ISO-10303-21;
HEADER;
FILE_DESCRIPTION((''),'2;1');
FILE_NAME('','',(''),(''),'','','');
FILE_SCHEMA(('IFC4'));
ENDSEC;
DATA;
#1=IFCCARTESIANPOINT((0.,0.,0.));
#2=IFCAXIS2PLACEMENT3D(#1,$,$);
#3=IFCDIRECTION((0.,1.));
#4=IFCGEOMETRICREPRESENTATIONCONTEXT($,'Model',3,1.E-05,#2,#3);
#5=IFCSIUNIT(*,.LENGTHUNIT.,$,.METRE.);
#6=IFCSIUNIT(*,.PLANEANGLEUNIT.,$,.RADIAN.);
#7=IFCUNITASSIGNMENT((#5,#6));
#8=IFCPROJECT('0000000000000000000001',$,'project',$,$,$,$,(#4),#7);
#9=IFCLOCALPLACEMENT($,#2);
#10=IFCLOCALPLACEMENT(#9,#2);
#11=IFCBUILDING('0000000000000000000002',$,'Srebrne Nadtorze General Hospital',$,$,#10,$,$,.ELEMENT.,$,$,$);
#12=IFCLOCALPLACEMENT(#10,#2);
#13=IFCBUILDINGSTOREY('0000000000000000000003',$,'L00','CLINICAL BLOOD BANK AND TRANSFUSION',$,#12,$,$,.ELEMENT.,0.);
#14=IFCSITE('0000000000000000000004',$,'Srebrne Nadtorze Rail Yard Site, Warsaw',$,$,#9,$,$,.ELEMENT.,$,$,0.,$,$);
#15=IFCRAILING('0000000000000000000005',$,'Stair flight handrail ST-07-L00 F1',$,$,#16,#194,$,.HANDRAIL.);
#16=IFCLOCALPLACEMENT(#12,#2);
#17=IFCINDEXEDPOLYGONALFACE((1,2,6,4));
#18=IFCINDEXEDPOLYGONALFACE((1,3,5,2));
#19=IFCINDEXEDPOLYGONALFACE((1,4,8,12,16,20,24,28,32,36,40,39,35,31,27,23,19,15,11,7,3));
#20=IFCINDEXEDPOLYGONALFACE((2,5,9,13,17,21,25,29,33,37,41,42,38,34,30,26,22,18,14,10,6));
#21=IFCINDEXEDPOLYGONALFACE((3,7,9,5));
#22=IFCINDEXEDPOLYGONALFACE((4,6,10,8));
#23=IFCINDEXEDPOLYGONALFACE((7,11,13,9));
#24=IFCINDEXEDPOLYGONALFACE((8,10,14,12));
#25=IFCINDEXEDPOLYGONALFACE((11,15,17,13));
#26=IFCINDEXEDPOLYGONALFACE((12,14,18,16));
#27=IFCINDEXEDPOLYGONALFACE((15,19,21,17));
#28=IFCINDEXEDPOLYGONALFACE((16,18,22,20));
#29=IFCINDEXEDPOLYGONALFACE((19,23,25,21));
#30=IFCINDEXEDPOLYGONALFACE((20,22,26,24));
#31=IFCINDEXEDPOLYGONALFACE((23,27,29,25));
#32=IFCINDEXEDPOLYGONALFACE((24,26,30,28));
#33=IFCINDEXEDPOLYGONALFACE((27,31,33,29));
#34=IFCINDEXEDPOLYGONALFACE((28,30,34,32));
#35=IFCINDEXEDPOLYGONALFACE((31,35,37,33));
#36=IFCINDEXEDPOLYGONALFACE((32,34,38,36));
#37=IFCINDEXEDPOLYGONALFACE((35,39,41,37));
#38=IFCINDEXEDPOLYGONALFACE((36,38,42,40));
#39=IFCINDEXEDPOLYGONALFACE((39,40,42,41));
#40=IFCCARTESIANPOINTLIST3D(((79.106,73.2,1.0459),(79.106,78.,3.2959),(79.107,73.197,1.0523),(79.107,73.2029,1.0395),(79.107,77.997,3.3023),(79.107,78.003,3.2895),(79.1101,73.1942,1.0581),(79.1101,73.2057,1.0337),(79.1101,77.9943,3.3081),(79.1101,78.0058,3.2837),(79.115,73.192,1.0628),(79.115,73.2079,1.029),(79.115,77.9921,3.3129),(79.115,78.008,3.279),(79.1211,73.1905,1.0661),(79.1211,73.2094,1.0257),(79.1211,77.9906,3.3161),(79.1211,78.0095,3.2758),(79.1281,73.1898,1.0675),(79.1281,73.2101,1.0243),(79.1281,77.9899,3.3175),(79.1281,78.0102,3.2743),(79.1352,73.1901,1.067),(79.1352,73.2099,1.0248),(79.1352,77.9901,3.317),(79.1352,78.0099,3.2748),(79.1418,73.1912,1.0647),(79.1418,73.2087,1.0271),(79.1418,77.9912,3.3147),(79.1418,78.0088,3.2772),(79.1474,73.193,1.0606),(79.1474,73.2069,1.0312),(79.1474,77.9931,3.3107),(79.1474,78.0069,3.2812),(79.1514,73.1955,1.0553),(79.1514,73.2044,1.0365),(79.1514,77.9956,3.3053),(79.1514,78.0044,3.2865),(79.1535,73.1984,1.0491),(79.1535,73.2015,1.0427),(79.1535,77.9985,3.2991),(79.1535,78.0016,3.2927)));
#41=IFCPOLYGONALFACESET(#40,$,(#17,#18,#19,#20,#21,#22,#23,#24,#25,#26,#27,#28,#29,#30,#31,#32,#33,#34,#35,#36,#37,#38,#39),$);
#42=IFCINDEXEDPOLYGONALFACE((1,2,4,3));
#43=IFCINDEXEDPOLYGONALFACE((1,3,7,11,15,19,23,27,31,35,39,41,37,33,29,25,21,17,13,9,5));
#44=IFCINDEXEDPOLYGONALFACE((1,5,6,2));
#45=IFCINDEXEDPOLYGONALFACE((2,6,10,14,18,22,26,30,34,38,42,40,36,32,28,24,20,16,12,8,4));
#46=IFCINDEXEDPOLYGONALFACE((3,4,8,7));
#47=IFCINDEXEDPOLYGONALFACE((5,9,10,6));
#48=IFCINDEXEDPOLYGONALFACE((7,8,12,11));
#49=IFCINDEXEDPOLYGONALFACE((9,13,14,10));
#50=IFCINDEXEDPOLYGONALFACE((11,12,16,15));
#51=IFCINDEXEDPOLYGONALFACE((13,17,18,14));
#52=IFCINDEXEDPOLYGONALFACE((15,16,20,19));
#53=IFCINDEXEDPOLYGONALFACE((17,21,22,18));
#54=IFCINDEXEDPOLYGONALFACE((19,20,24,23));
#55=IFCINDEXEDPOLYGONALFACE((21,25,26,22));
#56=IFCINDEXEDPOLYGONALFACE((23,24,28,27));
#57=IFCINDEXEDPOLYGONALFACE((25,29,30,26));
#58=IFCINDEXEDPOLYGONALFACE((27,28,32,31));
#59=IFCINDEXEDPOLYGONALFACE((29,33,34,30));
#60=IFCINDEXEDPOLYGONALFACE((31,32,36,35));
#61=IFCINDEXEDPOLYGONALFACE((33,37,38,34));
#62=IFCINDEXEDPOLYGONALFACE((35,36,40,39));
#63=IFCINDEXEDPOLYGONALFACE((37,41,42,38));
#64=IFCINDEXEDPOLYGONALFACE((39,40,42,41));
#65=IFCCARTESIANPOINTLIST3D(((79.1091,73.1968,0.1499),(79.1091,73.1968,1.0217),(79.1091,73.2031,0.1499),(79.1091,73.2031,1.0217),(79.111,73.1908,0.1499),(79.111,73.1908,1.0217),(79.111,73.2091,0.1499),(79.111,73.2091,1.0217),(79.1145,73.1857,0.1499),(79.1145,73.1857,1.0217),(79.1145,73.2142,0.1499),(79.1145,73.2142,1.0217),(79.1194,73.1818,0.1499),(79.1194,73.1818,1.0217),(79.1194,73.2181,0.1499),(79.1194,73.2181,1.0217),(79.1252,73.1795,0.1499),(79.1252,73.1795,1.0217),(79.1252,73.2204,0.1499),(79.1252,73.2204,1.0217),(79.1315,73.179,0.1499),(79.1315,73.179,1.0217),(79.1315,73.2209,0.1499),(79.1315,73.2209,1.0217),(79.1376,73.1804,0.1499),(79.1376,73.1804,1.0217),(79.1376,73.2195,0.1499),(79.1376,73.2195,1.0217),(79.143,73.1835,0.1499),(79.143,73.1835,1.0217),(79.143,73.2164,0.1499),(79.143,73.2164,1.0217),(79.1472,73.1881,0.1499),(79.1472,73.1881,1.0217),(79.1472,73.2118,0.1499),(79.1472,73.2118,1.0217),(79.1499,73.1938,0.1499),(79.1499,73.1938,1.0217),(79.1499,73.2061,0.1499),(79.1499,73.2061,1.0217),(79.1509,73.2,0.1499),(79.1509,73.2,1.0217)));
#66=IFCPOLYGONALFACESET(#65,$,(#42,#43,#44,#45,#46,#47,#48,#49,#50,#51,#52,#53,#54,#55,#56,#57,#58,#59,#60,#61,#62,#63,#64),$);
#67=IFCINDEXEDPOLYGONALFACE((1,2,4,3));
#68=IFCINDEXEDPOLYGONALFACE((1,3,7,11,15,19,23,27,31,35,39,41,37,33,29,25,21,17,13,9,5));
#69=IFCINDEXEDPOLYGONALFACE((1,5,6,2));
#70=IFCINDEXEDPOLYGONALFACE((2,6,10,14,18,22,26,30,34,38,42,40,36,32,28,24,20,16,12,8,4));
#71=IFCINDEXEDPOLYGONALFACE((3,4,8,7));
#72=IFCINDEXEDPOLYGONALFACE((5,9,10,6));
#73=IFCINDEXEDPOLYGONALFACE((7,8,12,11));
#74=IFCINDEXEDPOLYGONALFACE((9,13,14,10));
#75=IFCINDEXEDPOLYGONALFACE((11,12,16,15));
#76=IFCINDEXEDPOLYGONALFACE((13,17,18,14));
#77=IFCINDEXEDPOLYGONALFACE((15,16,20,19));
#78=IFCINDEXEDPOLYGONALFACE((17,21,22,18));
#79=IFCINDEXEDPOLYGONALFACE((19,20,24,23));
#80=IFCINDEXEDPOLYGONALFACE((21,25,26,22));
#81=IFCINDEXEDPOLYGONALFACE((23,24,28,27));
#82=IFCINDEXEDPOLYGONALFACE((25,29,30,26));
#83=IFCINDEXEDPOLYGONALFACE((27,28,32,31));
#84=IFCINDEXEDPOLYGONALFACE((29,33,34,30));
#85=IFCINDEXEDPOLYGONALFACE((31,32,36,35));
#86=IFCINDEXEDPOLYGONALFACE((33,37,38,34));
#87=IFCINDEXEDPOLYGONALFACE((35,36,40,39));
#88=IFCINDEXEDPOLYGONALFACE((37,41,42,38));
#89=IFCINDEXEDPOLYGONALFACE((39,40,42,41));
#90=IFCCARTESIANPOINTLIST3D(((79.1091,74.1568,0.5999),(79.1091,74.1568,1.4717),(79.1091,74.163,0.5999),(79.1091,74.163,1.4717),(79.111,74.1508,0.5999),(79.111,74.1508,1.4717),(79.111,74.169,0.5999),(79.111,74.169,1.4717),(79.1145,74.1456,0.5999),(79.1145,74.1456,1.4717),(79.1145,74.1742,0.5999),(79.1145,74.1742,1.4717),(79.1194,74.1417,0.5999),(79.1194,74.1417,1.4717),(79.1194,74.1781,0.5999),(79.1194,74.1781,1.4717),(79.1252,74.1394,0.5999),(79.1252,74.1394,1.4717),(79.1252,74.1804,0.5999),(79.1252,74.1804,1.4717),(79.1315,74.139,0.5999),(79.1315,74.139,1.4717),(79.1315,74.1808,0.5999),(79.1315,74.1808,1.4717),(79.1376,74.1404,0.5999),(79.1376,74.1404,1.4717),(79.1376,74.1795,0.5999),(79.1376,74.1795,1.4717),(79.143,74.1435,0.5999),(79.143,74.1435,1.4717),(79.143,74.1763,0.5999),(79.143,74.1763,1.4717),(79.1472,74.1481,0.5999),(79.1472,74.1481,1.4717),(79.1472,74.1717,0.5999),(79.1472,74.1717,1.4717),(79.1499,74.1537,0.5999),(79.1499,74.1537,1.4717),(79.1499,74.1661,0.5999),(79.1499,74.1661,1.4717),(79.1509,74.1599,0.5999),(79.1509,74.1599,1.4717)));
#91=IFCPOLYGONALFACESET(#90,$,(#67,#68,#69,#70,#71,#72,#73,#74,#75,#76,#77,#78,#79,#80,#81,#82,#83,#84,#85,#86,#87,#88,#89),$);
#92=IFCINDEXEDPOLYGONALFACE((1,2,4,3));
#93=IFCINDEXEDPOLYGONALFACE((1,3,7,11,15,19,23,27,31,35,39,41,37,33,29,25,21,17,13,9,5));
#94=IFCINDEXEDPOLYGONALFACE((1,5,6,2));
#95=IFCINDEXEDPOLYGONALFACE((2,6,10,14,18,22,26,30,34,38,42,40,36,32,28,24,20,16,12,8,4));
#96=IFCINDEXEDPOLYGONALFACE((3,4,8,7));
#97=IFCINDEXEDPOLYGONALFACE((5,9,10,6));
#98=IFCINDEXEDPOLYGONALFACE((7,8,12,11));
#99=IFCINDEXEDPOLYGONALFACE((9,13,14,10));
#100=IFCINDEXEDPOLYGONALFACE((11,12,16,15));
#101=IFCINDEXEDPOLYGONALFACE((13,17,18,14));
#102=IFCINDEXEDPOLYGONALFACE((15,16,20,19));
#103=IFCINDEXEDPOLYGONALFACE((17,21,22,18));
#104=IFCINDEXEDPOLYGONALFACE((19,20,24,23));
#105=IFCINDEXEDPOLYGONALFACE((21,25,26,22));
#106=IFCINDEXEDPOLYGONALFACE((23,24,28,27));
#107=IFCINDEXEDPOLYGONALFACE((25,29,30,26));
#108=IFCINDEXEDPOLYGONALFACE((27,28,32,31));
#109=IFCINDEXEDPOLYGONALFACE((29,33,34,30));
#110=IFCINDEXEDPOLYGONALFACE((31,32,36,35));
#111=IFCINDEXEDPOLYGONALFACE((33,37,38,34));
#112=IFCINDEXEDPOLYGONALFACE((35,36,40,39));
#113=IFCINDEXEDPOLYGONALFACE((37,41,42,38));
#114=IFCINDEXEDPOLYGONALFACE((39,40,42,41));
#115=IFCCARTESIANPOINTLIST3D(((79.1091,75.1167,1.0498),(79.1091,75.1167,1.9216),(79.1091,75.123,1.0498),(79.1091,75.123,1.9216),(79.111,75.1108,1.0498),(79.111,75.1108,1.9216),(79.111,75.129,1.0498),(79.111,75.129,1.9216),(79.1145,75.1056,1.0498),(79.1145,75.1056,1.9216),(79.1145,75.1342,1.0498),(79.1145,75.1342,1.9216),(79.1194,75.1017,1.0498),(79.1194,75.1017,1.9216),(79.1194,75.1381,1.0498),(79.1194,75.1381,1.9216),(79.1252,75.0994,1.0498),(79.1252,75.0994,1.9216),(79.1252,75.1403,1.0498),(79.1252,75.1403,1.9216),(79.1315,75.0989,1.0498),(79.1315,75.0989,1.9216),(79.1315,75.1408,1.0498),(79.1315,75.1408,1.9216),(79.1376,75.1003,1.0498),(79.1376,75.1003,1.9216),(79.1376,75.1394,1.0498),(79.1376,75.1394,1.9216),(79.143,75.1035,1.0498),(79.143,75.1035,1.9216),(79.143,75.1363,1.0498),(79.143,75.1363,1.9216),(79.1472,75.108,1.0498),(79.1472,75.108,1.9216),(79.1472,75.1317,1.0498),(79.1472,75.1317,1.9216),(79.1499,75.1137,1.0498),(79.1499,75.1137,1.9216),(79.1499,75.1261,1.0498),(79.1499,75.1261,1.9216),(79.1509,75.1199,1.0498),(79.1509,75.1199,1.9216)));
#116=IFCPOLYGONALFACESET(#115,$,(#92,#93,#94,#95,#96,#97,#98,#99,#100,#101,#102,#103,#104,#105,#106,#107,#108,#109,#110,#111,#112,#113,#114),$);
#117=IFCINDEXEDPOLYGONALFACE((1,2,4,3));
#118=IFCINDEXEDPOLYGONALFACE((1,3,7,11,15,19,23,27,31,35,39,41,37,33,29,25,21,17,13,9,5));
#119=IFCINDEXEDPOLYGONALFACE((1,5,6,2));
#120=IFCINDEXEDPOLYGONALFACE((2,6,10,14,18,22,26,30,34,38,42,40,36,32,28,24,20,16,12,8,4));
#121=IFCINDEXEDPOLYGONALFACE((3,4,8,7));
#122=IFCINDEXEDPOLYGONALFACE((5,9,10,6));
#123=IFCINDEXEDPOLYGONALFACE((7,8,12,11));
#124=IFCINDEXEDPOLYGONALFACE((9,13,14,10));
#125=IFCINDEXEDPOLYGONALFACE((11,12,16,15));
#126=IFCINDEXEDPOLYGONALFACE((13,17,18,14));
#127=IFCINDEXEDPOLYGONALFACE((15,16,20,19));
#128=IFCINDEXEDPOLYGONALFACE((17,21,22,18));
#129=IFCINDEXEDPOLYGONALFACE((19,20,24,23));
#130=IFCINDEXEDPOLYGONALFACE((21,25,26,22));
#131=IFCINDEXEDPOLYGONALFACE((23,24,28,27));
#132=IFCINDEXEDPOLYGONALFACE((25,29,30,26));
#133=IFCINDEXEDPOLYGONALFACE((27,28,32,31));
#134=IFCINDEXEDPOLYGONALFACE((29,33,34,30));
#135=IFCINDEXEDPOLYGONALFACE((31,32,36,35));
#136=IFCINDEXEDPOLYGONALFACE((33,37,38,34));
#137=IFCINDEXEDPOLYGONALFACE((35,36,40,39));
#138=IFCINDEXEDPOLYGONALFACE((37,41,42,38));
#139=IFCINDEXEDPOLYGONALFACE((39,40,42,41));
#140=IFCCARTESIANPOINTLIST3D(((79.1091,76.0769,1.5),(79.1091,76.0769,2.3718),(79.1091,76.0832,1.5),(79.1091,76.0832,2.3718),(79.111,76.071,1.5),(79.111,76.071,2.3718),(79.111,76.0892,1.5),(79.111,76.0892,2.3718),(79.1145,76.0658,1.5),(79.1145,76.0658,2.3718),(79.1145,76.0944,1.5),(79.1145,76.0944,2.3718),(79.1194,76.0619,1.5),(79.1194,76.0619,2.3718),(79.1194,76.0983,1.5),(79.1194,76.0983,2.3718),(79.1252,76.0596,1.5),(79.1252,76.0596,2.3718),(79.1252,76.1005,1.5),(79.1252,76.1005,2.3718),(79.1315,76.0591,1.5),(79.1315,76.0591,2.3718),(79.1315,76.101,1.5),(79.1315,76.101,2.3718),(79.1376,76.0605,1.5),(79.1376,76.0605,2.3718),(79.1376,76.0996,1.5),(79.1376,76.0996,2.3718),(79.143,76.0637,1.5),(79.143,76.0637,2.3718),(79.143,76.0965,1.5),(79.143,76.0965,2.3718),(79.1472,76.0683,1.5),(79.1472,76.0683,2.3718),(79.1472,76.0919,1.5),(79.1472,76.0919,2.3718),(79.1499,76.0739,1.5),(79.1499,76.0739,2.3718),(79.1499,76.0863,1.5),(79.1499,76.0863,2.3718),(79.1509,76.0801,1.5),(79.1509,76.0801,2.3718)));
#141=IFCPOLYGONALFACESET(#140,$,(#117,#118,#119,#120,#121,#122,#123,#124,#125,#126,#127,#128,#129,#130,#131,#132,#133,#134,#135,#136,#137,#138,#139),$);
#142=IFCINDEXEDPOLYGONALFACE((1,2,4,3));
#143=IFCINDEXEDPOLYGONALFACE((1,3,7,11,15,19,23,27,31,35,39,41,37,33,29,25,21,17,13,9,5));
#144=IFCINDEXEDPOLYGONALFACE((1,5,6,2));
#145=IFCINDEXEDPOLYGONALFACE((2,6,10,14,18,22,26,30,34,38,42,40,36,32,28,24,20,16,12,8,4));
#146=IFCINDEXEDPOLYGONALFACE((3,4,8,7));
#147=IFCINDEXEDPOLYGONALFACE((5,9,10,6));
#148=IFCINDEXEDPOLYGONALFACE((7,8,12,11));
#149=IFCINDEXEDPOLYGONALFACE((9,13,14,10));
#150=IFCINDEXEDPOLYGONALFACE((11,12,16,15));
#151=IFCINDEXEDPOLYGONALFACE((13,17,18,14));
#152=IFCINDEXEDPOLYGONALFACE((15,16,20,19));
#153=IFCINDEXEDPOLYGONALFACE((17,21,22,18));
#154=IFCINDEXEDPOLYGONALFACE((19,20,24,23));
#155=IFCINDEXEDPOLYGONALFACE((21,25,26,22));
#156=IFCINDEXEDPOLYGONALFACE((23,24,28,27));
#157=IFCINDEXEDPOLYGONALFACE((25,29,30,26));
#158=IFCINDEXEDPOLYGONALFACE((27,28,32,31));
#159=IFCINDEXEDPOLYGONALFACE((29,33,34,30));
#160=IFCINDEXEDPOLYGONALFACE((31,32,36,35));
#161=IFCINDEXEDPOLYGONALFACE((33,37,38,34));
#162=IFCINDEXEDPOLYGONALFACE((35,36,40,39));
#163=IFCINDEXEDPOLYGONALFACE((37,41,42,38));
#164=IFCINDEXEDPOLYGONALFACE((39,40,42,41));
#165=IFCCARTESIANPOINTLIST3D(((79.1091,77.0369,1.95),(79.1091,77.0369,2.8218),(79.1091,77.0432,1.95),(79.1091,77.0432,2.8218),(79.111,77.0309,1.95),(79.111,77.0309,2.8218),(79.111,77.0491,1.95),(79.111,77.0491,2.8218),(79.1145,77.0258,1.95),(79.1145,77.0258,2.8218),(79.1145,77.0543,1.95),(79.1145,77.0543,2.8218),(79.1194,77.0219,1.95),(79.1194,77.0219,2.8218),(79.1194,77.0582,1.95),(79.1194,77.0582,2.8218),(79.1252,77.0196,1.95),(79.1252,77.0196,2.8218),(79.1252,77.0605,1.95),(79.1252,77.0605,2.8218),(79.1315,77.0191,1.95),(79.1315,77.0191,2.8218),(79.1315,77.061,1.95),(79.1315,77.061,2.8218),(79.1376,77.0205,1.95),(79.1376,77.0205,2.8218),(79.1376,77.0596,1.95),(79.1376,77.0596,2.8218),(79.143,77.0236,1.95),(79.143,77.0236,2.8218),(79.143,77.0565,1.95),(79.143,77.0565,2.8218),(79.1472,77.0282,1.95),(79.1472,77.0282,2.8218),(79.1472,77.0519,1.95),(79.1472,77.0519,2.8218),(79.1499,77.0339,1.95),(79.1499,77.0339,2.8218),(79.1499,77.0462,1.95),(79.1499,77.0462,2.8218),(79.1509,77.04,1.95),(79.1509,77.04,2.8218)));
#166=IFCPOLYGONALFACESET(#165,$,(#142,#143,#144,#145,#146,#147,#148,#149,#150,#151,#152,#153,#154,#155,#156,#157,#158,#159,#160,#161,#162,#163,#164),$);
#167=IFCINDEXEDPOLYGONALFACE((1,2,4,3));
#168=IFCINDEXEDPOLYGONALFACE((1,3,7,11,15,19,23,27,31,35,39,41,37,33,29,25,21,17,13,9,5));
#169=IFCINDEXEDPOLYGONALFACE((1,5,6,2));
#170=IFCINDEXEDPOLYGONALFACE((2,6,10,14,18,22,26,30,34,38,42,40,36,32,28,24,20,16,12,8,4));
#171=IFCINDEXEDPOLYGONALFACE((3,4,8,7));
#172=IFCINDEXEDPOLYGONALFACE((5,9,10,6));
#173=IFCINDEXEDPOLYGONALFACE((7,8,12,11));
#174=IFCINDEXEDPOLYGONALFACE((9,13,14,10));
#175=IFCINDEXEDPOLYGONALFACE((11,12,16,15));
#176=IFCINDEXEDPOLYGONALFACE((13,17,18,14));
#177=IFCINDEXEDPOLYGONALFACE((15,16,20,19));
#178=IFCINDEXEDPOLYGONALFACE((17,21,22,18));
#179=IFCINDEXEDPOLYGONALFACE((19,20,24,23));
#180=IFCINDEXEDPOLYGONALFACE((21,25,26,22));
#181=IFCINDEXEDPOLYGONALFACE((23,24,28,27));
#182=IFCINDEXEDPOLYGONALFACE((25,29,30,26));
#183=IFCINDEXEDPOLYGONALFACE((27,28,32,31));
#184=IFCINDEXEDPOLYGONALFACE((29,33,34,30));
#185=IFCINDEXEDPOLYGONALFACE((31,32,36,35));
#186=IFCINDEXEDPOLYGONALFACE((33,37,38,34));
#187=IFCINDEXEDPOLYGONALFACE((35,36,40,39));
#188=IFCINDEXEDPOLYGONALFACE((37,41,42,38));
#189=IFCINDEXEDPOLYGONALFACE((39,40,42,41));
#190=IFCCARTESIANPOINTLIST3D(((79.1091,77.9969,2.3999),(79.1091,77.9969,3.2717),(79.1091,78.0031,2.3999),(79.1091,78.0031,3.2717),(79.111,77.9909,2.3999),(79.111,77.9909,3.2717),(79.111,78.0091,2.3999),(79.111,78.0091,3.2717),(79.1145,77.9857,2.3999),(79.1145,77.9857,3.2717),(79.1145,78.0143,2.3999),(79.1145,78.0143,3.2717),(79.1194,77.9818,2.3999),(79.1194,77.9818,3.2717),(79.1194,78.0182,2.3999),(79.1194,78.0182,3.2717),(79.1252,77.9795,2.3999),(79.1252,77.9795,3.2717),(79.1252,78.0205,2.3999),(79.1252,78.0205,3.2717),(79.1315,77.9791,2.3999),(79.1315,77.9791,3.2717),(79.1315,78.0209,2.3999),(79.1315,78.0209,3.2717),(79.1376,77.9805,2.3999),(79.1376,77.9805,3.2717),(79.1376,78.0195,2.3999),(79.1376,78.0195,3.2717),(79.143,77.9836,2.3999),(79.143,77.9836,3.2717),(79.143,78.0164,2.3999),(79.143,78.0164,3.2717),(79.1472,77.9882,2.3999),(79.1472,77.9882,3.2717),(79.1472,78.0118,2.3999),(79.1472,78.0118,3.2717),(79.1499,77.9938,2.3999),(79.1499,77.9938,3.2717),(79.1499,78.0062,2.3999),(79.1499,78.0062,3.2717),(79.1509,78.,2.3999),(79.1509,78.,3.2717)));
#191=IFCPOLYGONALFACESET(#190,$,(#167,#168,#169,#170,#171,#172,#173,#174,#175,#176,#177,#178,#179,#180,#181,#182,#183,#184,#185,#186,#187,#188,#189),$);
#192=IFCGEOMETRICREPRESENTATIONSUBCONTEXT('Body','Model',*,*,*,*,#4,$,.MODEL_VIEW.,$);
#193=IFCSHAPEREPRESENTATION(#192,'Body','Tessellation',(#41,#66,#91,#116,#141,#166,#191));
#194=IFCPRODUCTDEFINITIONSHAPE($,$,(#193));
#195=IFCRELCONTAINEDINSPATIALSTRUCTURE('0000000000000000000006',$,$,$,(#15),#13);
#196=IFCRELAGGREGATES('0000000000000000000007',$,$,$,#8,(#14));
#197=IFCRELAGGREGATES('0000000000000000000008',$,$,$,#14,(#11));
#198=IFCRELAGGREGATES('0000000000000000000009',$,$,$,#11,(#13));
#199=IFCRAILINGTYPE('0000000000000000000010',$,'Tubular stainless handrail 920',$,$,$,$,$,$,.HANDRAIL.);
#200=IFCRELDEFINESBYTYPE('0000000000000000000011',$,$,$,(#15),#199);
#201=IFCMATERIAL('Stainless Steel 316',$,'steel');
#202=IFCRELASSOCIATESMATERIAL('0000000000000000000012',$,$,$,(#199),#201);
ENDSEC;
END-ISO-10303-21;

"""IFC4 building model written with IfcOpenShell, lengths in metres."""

from ifc_helpers import new_model, si_unit, direction, frame, origin, origin_2d, place, context, subcontext, project, spatial, circle, extrude, material, type_object, element, save


model = new_model("IFC4")

# Units and contexts
model_context = context("Model", 3, precision=1e-05, world=origin(), true_north=direction((0.0, 1.0)))
body_context = subcontext(model_context, "Body", "Model", "MODEL_VIEW")
ifc_project = project(units=[si_unit("LENGTHUNIT", "METRE"), si_unit("PLANEANGLEUNIT", "RADIAN")], contexts=[model_context])

# Site, building, storey
site_placement = place(None, origin())
site = spatial("IfcSite", under=ifc_project, at=site_placement, Name="Srebrne Nadtorze Rail Yard Site, Warsaw", CompositionType="ELEMENT", RefElevation=0.0)
building_placement = place(site_placement, origin())
building = spatial("IfcBuilding", under=site, at=building_placement, Name="Srebrne Nadtorze General Hospital", CompositionType="ELEMENT")
storey_placement = place(building_placement, origin())
storey = spatial("IfcBuildingStorey", under=building, at=storey_placement, Name="L00", Description="CLINICAL BLOOD BANK AND TRANSFUSION", CompositionType="ELEMENT", Elevation=0.0)

# Railing
ifc_material_1 = material(Name="Stainless Steel 316", Category="steel")
railing_type_1 = type_object("IfcRailingType", Name="Tubular stainless handrail 920", PredefinedType="HANDRAIL", material=ifc_material_1)
railing_1_placement = place(storey_placement, frame((79.1299, 73.2, 0.1499)))
element("IfcRailing", 1, at=railing_1_placement, inside=storey, type_object=railing_type_1, Name="Stair flight handrail ST-07-L00 F1", PredefinedType="HANDRAIL", context=body_context, shape_type="SweptSolid", body=[
    extrude(circle(Radius=0.0239, at=origin_2d()), frame((0.0, 0.0, 0.896), z_axis=(0.0, 0.905461, 0.42443), x_axis=(-1.0, 0.0, 0.0)), (0.0, 0.0, 1.0), 5.3013),
    extrude(circle(Radius=0.021, at=origin_2d()), origin(), (0.0, 0.0, 1.0), 0.8718),
    extrude(circle(Radius=0.021, at=origin_2d()), frame((0.0, 0.96, 0.45)), (0.0, 0.0, 1.0), 0.8718),
    extrude(circle(Radius=0.021, at=origin_2d()), frame((0.0, 1.9199, 0.8999)), (0.0, 0.0, 1.0), 0.8718),
    extrude(circle(Radius=0.021, at=origin_2d()), frame((0.0, 2.8801, 1.3501)), (0.0, 0.0, 1.0), 0.8718),
    extrude(circle(Radius=0.021, at=origin_2d()), frame((0.0, 3.8401, 1.8)), (0.0, 0.0, 1.0), 0.8718),
    extrude(circle(Radius=0.021, at=origin_2d()), frame((0.0, 4.8, 2.25)), (0.0, 0.0, 1.0), 0.8718),
])

save(model, "model.ifc")
